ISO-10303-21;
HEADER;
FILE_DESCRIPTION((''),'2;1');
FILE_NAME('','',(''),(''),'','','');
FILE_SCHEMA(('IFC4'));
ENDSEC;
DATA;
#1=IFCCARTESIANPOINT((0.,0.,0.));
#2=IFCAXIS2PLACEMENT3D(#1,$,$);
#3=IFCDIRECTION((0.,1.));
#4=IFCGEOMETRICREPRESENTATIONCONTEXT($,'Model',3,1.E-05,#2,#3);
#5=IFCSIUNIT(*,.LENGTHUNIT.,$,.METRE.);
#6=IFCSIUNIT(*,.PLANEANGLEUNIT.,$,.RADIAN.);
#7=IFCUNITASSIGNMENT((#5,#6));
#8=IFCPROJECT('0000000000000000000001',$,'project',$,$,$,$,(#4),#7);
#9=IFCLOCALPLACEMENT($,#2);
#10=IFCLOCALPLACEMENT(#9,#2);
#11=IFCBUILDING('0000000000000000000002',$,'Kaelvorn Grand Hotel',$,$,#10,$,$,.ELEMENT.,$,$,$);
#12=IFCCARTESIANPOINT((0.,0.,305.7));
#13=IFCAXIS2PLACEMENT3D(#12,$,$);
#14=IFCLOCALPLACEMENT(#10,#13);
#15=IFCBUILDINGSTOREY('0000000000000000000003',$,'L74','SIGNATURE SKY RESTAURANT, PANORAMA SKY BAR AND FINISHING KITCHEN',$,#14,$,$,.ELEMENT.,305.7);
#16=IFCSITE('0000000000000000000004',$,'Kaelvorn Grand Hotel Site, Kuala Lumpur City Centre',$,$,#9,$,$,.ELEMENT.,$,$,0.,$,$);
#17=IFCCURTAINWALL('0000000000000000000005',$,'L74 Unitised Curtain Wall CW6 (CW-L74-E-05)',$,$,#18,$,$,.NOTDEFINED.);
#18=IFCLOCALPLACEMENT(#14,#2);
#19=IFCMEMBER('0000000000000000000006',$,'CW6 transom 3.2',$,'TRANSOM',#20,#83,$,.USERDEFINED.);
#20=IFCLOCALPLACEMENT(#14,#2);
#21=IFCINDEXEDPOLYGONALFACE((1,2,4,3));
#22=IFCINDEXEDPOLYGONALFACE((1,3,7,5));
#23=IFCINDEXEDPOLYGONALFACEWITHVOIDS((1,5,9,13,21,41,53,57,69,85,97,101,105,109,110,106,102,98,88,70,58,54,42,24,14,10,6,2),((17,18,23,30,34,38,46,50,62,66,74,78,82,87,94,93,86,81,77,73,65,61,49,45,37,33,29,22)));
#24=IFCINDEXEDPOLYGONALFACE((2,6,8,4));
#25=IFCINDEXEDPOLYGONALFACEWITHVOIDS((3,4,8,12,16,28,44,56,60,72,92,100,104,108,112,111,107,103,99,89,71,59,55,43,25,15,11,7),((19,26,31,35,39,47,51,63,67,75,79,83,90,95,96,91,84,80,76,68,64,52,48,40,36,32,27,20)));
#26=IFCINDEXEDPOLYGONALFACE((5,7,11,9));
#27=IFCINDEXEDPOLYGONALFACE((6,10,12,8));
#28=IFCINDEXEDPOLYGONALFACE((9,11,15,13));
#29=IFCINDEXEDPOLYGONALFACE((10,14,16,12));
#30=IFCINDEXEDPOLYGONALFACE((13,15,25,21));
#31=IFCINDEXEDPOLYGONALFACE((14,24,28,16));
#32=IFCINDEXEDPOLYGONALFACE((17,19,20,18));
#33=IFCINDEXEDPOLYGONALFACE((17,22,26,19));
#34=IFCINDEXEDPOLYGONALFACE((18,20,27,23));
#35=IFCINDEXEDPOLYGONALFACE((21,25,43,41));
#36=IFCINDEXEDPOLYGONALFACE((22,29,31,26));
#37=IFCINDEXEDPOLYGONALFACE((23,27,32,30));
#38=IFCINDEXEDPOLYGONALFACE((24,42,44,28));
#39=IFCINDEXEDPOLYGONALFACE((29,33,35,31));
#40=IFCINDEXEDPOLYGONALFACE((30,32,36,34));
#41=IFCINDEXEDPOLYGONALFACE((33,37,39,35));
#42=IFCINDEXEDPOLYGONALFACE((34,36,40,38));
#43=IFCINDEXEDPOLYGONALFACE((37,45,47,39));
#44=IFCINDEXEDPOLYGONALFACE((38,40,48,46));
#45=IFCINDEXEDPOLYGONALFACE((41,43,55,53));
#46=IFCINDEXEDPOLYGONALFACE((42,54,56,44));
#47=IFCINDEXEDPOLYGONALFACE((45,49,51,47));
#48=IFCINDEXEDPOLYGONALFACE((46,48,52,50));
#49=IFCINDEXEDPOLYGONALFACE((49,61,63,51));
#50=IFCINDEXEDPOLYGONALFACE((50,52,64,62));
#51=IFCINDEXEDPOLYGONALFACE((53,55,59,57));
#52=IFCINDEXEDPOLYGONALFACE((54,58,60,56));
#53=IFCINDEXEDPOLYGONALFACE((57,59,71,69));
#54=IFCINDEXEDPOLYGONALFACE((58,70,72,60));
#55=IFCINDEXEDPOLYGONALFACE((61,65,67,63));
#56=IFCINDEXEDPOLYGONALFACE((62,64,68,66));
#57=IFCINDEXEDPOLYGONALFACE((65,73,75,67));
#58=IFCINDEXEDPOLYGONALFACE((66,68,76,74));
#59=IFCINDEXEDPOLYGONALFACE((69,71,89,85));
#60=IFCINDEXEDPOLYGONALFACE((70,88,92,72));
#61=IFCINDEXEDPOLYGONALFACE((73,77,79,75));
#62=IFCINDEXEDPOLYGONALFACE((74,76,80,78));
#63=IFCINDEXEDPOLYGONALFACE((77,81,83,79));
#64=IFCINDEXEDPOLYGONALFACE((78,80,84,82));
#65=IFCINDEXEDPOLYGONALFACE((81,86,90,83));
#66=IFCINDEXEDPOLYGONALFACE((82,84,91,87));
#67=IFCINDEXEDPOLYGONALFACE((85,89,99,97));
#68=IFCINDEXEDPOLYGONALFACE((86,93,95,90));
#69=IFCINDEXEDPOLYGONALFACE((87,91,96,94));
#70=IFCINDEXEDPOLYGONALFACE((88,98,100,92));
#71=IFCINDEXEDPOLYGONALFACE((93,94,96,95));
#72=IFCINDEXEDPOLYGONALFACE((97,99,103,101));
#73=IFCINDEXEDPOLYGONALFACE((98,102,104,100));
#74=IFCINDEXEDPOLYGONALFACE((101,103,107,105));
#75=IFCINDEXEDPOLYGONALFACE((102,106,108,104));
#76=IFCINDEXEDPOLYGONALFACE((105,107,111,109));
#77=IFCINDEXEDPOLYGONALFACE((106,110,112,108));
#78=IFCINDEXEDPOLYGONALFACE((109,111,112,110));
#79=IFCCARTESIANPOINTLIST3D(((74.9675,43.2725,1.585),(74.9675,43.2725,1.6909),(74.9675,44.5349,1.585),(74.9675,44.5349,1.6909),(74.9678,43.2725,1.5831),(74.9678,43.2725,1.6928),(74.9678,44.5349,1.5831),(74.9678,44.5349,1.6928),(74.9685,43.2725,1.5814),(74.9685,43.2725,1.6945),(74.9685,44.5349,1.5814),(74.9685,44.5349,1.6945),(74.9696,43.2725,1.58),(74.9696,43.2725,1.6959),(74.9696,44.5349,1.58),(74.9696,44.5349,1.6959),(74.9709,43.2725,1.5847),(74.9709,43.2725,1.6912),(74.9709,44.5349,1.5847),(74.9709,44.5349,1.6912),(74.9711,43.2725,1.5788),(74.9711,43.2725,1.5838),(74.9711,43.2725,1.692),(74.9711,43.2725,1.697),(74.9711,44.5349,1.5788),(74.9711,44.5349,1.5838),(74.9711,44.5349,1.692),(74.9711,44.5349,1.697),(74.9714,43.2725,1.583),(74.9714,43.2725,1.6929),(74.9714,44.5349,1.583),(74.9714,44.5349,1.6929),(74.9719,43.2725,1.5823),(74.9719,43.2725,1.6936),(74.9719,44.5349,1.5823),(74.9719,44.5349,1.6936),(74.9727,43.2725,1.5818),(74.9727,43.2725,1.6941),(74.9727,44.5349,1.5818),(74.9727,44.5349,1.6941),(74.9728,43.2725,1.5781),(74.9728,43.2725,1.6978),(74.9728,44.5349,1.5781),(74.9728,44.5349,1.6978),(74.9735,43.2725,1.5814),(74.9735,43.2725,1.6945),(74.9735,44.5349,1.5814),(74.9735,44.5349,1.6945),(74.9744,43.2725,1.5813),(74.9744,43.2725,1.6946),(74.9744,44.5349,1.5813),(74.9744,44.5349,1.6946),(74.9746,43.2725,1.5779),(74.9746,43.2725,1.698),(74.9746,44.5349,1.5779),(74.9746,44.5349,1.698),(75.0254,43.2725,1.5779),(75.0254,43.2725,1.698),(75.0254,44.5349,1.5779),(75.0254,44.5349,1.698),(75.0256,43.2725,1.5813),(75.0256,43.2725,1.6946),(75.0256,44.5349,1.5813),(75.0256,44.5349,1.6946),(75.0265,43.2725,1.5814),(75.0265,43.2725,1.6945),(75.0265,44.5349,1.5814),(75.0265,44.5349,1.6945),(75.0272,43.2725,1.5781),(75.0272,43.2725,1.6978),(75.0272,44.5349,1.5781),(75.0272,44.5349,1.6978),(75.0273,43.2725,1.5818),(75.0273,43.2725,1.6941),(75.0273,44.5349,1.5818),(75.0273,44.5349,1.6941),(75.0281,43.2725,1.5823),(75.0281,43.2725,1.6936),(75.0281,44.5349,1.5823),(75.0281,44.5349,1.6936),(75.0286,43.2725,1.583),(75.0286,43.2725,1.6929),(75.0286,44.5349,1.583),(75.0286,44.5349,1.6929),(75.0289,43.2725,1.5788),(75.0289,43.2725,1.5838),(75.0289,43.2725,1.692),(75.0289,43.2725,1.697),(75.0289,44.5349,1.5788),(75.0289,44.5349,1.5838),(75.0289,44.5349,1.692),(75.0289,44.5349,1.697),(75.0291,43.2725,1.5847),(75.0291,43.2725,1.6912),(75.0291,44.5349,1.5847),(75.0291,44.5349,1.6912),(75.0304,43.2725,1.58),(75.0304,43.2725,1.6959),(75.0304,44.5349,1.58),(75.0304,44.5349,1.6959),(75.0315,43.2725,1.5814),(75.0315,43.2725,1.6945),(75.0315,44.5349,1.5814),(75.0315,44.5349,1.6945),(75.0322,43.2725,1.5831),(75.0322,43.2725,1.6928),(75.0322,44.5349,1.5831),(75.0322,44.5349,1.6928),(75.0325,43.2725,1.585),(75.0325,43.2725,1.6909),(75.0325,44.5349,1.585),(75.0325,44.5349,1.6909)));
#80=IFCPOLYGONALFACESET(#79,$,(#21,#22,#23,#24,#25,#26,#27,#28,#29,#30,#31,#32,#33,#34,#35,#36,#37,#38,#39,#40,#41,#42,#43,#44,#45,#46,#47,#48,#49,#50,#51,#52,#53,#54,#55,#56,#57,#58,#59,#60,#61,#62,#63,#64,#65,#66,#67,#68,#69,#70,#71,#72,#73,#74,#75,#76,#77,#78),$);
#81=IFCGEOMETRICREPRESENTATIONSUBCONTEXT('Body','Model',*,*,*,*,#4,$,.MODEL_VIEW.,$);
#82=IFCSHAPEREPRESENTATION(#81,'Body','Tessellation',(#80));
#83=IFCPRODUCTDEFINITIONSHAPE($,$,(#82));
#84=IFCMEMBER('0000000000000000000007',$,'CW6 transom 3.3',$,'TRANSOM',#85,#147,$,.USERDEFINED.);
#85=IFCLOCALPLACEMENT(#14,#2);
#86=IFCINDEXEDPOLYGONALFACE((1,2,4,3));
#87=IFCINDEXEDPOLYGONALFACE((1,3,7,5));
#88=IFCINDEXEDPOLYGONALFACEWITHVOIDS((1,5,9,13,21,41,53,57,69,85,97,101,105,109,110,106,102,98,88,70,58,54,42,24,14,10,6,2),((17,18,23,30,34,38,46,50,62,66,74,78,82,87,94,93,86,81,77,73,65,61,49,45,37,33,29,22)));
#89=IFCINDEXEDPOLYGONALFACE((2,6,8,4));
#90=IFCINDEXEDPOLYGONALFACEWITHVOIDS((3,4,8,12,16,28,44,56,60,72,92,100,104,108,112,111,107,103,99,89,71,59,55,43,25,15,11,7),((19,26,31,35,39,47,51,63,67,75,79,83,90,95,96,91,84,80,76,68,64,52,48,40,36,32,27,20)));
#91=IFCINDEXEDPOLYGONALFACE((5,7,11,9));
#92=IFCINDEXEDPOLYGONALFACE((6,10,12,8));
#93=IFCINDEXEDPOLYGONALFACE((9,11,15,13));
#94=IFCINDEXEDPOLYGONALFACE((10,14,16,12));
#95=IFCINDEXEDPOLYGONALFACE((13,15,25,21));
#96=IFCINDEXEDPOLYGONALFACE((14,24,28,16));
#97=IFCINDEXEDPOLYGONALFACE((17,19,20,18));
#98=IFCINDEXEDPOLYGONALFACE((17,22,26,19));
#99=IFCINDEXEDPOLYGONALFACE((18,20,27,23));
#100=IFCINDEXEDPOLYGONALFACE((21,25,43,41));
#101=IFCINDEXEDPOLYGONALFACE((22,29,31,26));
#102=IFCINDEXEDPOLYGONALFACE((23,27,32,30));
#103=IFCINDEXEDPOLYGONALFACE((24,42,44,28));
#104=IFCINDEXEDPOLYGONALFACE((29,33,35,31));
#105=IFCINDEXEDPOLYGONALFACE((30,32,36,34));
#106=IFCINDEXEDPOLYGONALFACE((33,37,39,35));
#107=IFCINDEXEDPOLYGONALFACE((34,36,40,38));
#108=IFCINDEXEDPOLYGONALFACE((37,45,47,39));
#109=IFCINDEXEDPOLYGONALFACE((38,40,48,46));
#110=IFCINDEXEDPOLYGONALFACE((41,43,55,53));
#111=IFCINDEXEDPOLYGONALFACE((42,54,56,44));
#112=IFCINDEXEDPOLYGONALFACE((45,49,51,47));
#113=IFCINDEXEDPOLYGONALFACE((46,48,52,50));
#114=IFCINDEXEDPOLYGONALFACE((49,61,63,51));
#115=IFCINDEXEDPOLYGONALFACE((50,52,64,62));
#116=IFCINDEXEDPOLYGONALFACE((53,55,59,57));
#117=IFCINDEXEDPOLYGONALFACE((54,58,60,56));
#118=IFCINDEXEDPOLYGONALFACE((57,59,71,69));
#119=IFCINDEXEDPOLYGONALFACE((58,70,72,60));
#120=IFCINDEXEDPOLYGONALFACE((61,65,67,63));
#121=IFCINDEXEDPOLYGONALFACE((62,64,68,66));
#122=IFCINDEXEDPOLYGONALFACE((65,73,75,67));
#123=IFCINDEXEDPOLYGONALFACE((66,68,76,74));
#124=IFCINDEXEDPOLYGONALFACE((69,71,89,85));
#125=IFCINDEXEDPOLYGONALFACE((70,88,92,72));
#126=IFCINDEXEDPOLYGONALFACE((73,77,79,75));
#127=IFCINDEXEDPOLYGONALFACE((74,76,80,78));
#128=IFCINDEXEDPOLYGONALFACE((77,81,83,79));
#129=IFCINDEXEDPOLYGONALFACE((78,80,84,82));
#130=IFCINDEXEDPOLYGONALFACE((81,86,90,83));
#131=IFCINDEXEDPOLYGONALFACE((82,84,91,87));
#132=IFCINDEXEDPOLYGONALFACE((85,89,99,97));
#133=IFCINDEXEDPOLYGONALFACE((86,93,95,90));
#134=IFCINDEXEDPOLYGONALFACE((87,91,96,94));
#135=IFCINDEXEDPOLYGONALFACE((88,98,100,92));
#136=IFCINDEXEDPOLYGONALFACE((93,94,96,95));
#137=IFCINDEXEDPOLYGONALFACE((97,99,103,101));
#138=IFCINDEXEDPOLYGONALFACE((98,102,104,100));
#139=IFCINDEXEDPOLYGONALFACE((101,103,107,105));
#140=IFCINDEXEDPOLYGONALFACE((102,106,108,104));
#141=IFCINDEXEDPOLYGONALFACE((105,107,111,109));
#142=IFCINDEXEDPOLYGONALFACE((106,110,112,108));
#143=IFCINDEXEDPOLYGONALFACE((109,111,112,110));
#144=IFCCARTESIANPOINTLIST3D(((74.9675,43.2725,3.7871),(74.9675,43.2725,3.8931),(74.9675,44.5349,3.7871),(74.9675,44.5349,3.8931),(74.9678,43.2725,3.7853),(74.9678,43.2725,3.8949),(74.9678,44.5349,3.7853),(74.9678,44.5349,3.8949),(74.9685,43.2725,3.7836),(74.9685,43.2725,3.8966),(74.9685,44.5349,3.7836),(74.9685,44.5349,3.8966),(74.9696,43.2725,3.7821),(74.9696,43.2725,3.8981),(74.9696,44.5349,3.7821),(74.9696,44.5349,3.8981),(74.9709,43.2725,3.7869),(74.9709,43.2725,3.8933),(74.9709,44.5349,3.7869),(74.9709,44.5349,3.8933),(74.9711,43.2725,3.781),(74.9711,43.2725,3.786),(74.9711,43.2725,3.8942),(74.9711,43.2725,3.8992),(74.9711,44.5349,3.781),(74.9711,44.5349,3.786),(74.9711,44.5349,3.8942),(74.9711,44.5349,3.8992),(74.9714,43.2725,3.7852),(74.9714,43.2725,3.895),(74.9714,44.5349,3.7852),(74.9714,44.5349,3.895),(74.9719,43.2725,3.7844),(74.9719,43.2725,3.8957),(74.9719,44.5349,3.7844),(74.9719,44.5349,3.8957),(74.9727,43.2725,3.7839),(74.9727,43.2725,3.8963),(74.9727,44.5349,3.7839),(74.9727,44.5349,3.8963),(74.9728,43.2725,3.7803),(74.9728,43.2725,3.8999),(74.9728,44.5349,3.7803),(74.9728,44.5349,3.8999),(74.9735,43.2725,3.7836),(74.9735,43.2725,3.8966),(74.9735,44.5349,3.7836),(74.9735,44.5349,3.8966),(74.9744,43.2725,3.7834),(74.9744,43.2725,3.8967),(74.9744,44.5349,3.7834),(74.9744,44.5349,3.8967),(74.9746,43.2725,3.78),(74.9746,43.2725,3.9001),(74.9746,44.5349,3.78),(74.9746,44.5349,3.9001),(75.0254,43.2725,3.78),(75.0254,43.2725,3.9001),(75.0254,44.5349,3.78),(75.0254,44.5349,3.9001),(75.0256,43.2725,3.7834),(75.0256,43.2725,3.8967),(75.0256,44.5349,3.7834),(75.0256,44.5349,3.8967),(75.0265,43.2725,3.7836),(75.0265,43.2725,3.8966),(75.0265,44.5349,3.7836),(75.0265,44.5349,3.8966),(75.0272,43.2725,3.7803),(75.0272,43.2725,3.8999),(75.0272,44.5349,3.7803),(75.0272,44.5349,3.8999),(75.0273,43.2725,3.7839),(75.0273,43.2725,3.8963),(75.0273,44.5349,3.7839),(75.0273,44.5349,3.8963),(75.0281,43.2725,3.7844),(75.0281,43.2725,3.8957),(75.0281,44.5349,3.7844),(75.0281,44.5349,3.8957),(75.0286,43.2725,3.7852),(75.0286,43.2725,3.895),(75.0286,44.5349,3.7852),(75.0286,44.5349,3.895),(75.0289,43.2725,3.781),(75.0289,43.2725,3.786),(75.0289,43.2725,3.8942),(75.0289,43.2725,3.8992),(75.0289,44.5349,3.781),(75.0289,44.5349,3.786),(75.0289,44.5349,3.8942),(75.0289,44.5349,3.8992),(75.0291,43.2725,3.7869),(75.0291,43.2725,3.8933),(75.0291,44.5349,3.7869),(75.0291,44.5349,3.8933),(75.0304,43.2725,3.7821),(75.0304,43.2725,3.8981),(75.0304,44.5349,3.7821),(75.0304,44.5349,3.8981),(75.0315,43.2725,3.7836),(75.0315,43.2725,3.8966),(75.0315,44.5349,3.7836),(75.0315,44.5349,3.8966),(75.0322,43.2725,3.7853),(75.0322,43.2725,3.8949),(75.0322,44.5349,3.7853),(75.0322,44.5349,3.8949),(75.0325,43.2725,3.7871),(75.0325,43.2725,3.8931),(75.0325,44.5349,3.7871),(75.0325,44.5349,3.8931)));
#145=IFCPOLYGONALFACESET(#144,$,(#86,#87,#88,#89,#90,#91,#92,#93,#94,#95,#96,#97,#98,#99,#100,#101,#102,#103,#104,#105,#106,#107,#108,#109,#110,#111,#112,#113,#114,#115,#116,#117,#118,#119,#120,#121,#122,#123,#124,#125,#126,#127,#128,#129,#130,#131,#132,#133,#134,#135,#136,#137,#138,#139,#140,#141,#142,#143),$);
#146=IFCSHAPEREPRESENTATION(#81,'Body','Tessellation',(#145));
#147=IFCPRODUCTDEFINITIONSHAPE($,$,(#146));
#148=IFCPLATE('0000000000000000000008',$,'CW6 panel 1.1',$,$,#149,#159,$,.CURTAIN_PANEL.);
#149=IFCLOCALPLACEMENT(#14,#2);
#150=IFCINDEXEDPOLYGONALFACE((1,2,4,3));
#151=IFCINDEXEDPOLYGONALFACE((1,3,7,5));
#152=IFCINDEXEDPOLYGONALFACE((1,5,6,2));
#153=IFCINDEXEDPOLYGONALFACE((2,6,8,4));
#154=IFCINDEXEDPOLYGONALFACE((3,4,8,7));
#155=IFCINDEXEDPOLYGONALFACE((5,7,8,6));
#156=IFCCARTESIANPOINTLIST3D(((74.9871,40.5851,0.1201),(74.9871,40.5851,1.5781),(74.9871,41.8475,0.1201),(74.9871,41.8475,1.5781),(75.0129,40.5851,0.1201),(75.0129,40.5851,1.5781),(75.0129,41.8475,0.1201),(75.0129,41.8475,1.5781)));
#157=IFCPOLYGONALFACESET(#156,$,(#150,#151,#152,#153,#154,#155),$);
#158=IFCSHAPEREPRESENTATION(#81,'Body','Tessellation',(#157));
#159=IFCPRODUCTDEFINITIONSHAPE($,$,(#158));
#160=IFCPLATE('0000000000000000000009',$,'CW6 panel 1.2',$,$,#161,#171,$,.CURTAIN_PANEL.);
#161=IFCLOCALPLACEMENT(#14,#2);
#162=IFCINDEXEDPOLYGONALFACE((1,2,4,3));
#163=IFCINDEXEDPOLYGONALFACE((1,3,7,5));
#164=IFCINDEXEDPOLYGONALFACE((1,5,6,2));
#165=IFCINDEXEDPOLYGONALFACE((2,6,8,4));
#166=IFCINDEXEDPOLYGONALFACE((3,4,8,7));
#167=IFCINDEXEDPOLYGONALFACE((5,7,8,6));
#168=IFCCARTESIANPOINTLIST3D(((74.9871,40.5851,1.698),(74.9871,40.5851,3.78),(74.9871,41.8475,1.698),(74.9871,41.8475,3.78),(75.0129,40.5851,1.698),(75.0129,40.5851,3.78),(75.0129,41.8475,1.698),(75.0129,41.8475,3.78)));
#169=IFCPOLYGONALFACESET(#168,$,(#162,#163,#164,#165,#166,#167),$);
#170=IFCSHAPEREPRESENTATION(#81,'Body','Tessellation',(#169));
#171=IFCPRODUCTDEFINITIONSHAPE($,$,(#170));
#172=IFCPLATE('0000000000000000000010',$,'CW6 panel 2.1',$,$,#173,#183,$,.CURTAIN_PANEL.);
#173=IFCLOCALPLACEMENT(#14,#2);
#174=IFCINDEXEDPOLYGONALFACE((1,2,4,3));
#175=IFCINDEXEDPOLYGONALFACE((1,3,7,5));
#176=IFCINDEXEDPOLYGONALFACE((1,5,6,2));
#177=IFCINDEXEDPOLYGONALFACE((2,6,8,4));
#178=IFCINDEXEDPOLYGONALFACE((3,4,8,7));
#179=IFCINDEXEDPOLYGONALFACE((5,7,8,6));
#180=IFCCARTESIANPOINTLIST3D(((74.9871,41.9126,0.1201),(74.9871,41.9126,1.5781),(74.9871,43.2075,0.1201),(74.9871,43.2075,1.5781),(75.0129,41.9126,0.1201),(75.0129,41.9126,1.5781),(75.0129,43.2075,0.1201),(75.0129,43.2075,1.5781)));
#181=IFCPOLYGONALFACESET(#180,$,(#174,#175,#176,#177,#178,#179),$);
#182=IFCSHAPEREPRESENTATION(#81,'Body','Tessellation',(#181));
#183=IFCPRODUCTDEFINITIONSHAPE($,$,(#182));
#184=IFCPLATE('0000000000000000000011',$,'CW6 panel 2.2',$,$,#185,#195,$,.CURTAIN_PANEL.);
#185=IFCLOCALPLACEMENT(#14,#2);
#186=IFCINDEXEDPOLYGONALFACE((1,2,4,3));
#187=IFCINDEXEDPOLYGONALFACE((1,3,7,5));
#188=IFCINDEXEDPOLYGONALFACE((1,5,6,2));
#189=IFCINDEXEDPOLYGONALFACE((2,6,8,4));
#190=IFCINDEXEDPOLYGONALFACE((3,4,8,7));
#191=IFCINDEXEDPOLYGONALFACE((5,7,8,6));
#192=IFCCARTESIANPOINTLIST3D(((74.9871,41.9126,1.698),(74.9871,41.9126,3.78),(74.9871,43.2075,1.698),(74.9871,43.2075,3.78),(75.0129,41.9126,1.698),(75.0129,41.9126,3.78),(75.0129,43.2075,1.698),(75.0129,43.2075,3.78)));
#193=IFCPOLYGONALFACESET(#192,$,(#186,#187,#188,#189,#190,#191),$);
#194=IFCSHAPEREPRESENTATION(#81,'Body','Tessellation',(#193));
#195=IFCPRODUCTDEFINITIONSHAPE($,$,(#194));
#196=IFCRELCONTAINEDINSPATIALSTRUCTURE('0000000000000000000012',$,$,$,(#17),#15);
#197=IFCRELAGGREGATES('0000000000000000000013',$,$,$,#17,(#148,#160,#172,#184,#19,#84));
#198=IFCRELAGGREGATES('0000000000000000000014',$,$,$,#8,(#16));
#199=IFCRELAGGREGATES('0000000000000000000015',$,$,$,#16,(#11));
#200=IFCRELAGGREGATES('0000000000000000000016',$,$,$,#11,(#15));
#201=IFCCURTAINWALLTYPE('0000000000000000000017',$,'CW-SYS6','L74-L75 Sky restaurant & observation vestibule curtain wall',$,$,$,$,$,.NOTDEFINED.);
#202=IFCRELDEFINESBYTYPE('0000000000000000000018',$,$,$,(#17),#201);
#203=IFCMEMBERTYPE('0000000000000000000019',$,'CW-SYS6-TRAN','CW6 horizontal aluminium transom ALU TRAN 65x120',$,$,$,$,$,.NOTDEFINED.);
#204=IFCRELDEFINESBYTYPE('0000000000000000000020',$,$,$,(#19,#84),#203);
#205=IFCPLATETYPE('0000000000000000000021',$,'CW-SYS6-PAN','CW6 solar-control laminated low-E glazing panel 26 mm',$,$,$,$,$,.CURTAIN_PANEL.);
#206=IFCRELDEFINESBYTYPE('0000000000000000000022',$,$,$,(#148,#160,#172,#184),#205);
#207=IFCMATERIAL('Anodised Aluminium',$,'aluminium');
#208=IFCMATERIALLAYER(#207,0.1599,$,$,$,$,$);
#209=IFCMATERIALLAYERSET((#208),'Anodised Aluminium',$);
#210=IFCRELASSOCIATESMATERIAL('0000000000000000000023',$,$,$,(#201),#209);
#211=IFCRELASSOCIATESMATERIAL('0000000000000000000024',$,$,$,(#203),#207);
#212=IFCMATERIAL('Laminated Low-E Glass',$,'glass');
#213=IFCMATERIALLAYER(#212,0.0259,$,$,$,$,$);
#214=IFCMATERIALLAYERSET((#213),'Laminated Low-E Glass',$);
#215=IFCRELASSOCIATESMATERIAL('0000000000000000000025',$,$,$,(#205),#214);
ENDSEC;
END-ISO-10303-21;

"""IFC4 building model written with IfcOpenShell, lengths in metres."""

from ifc_helpers import new_model, si_unit, direction, frame, origin, origin_2d, place, context, subcontext, project, spatial, rectangle, hollow_rectangle, extrude, material, layer, layer_set, material_profile, profile_set, type_object, element, aggregate, save


model = new_model("IFC4")

# Units and contexts
model_context = context("Model", 3, precision=1e-05, world=origin(), true_north=direction((0.0, 1.0)))
body_context = subcontext(model_context, "Body", "Model", "MODEL_VIEW")
ifc_project = project(units=[si_unit("LENGTHUNIT", "METRE"), si_unit("PLANEANGLEUNIT", "RADIAN")], contexts=[model_context])

# Site, building, storey
site_placement = place(None, origin())
site = spatial("IfcSite", under=ifc_project, at=site_placement, Name="Kaelvorn Grand Hotel Site, Kuala Lumpur City Centre", CompositionType="ELEMENT", RefElevation=0.0)
building_placement = place(site_placement, origin())
building = spatial("IfcBuilding", under=site, at=building_placement, Name="Kaelvorn Grand Hotel", CompositionType="ELEMENT")
storey_placement = place(building_placement, frame((0.0, 0.0, 305.7)))
storey = spatial("IfcBuildingStorey", under=building, at=storey_placement, Name="L74", Description="SIGNATURE SKY RESTAURANT, PANORAMA SKY BAR AND FINISHING KITCHEN", CompositionType="ELEMENT", Elevation=305.7)

# Curtain wall, members, plates
ifc_material_1 = material(Name="Anodised Aluminium", Category="aluminium")
ifc_layer_1 = layer(ifc_material_1, 0.1599)
ifc_layer_set_1 = layer_set([ifc_layer_1], Name="Anodised Aluminium")
curtain_wall_type = type_object("IfcCurtainWallType", Name="CW-SYS6", Description="L74-L75 Sky restaurant & observation vestibule curtain wall", PredefinedType="NOTDEFINED", material=ifc_layer_set_1)
curtain_wall_placement = place(storey_placement, origin())
curtain_wall = element("IfcCurtainWall", 1, at=curtain_wall_placement, inside=storey, type_object=curtain_wall_type, Name="L74 Unitised Curtain Wall CW6 (CW-L74-E-05)", PredefinedType="NOTDEFINED")
ifc_material_profile_1 = material_profile(ifc_material_1, hollow_rectangle(XDim=0.0649, YDim=0.1201, WallThickness=0.0034, InnerFilletRadius=0.0034, OuterFilletRadius=0.0071, at=origin_2d()), Name="ALU TRAN 65x120")
ifc_profile_set_1 = profile_set([ifc_material_profile_1], Name="Anodised Aluminium")
member_type_1 = type_object("IfcMemberType", Name="CW-SYS6-TRAN", Description="CW6 horizontal aluminium transom ALU TRAN 65x120", PredefinedType="NOTDEFINED", material=ifc_profile_set_1)
member_1_placement = place(storey_placement, frame((75.0, 43.2725, 1.6379), z_axis=(0.0, 1.0, 0.0), x_axis=(-1.0, 0.0, 0.0)))
member_1 = element("IfcMember", 2, at=member_1_placement, type_object=member_type_1, Name="CW6 transom 3.2", ObjectType="TRANSOM", PredefinedType="USERDEFINED", context=body_context, shape_type="SweptSolid", body=[
    extrude(hollow_rectangle(XDim=0.0649, YDim=0.1201, WallThickness=0.0034, InnerFilletRadius=0.0034, OuterFilletRadius=0.0071, at=origin_2d()), origin(), (0.0, 0.0, 1.0), 1.2625),
])
member_2_placement = place(storey_placement, frame((75.0, 43.2725, 3.8401), z_axis=(0.0, 1.0, 0.0), x_axis=(-1.0, 0.0, 0.0)))
member_2 = element("IfcMember", 3, at=member_2_placement, type_object=member_type_1, Name="CW6 transom 3.3", ObjectType="TRANSOM", PredefinedType="USERDEFINED", context=body_context, shape_type="SweptSolid", body=[
    extrude(hollow_rectangle(XDim=0.0649, YDim=0.1201, WallThickness=0.0034, InnerFilletRadius=0.0034, OuterFilletRadius=0.0071, at=origin_2d()), origin(), (0.0, 0.0, 1.0), 1.2625),
])
ifc_material_2 = material(Name="Laminated Low-E Glass", Category="glass")
ifc_layer_2 = layer(ifc_material_2, 0.0259)
ifc_layer_set_2 = layer_set([ifc_layer_2], Name="Laminated Low-E Glass")
plate_type = type_object("IfcPlateType", Name="CW-SYS6-PAN", Description="CW6 solar-control laminated low-E glazing panel 26 mm", PredefinedType="CURTAIN_PANEL", material=ifc_layer_set_2)
plate_1_placement = place(storey_placement, frame((75.0, 41.2163, 0.1201), z_axis=(0.0, 0.0, 1.0), x_axis=(0.0, 1.0, 0.0)))
plate_1 = element("IfcPlate", 4, at=plate_1_placement, type_object=plate_type, Name="CW6 panel 1.1", PredefinedType="CURTAIN_PANEL", context=body_context, shape_type="SweptSolid", body=[
    extrude(rectangle(XDim=1.2625, YDim=0.0259, at=origin_2d()), origin(), (0.0, 0.0, 1.0), 1.458),
])
plate_2_placement = place(storey_placement, frame((75.0, 41.2163, 1.698), z_axis=(0.0, 0.0, 1.0), x_axis=(0.0, 1.0, 0.0)))
plate_2 = element("IfcPlate", 5, at=plate_2_placement, type_object=plate_type, Name="CW6 panel 1.2", PredefinedType="CURTAIN_PANEL", context=body_context, shape_type="SweptSolid", body=[
    extrude(rectangle(XDim=1.2625, YDim=0.0259, at=origin_2d()), origin(), (0.0, 0.0, 1.0), 2.082),
])
plate_3_placement = place(storey_placement, frame((75.0, 42.5601, 0.1201), z_axis=(0.0, 0.0, 1.0), x_axis=(0.0, 1.0, 0.0)))
plate_3 = element("IfcPlate", 6, at=plate_3_placement, type_object=plate_type, Name="CW6 panel 2.1", PredefinedType="CURTAIN_PANEL", context=body_context, shape_type="SweptSolid", body=[
    extrude(rectangle(XDim=1.2949, YDim=0.0259, at=origin_2d()), origin(), (0.0, 0.0, 1.0), 1.458),
])
plate_4_placement = place(storey_placement, frame((75.0, 42.5601, 1.698), z_axis=(0.0, 0.0, 1.0), x_axis=(0.0, 1.0, 0.0)))
plate_4 = element("IfcPlate", 7, at=plate_4_placement, type_object=plate_type, Name="CW6 panel 2.2", PredefinedType="CURTAIN_PANEL", context=body_context, shape_type="SweptSolid", body=[
    extrude(rectangle(XDim=1.2949, YDim=0.0259, at=origin_2d()), origin(), (0.0, 0.0, 1.0), 2.082),
])
aggregate(curtain_wall, [plate_1, plate_2, plate_3, plate_4, member_1, member_2])

save(model, "model.ifc")
